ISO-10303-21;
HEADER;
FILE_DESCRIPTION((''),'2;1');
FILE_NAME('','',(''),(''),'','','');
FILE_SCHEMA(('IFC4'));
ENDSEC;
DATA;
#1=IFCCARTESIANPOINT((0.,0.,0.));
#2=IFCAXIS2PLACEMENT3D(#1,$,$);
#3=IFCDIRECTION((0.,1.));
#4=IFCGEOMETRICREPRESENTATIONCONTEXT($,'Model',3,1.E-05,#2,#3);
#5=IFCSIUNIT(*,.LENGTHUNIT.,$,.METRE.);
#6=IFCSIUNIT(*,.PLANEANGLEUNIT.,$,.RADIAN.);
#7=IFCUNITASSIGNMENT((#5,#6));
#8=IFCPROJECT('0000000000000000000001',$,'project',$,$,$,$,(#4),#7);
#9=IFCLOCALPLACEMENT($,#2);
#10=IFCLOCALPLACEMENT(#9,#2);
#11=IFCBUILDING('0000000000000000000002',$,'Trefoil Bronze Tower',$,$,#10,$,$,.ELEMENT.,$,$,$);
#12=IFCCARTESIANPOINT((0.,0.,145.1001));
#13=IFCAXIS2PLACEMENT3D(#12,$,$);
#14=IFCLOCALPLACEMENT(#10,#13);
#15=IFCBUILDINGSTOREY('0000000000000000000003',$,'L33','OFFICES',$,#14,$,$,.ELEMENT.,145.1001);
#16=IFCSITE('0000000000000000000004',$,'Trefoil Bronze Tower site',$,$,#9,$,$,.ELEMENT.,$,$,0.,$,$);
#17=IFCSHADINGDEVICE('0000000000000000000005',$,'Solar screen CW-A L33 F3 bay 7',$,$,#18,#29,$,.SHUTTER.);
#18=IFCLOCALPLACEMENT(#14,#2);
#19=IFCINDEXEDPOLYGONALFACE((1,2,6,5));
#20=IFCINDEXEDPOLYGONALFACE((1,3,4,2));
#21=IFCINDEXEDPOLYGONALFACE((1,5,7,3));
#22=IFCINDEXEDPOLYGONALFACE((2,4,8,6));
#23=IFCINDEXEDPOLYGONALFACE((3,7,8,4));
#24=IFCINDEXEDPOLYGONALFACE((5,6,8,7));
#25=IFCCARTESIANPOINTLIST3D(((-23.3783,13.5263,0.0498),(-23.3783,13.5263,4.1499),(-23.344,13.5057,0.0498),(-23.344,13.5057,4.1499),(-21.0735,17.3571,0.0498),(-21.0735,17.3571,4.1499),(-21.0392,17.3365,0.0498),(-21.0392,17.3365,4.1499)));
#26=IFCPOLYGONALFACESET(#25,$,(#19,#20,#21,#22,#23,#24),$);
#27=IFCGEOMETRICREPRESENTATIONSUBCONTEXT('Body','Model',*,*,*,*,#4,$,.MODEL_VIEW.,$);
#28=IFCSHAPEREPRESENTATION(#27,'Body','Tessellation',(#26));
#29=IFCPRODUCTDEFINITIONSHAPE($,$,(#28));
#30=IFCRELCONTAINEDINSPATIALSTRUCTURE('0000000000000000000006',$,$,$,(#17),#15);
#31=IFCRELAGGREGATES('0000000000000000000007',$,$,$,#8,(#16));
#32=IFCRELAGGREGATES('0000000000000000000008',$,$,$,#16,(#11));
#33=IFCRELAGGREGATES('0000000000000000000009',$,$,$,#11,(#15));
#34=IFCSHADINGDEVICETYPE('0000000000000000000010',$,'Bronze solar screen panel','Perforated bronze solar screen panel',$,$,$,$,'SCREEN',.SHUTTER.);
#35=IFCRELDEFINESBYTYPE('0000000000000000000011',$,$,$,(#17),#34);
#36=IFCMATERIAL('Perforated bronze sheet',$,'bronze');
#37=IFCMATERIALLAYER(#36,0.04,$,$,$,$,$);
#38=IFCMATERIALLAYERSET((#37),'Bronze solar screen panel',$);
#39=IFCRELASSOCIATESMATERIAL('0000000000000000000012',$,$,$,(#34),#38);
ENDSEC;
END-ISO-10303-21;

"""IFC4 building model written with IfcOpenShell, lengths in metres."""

from ifc_helpers import new_model, si_unit, direction, frame, origin, origin_2d, place, context, subcontext, project, spatial, rectangle, extrude, material, layer, layer_set, type_object, element, save


model = new_model("IFC4")

# Units and contexts
model_context = context("Model", 3, precision=1e-05, world=origin(), true_north=direction((0.0, 1.0)))
body_context = subcontext(model_context, "Body", "Model", "MODEL_VIEW")
ifc_project = project(units=[si_unit("LENGTHUNIT", "METRE"), si_unit("PLANEANGLEUNIT", "RADIAN")], contexts=[model_context])

# Site, building, storey
site_placement = place(None, origin())
site = spatial("IfcSite", under=ifc_project, at=site_placement, Name="Trefoil Bronze Tower site", CompositionType="ELEMENT", RefElevation=0.0)
building_placement = place(site_placement, origin())
building = spatial("IfcBuilding", under=site, at=building_placement, Name="Trefoil Bronze Tower", CompositionType="ELEMENT")
storey_placement = place(building_placement, frame((0.0, 0.0, 145.1001)))
storey = spatial("IfcBuildingStorey", under=building, at=storey_placement, Name="L33", Description="OFFICES", CompositionType="ELEMENT", Elevation=145.1001)

# Shading device
ifc_material_1 = material(Name="Perforated bronze sheet", Category="bronze")
ifc_layer_1 = layer(ifc_material_1, 0.04)
ifc_layer_set_1 = layer_set([ifc_layer_1], Name="Bronze solar screen panel")
shading_device_type = type_object("IfcShadingDeviceType", Name="Bronze solar screen panel", Description="Perforated bronze solar screen panel", ElementType="SCREEN", PredefinedType="SHUTTER", material=ifc_layer_set_1)
shading_device_1_placement = place(storey_placement, frame((-22.2087, 15.4314, 0.0498), z_axis=(0.0, 0.0, 1.0), x_axis=(-0.515525, -0.856874, 0.0)))
element("IfcShadingDevice", 1, at=shading_device_1_placement, inside=storey, type_object=shading_device_type, Name="Solar screen CW-A L33 F3 bay 7", PredefinedType="SHUTTER", context=body_context, shape_type="SweptSolid", body=[
    extrude(rectangle(XDim=4.4707, YDim=0.04, at=origin_2d()), origin(), (0.0, 0.0, 1.0), 4.1001),
])

save(model, "model.ifc")
